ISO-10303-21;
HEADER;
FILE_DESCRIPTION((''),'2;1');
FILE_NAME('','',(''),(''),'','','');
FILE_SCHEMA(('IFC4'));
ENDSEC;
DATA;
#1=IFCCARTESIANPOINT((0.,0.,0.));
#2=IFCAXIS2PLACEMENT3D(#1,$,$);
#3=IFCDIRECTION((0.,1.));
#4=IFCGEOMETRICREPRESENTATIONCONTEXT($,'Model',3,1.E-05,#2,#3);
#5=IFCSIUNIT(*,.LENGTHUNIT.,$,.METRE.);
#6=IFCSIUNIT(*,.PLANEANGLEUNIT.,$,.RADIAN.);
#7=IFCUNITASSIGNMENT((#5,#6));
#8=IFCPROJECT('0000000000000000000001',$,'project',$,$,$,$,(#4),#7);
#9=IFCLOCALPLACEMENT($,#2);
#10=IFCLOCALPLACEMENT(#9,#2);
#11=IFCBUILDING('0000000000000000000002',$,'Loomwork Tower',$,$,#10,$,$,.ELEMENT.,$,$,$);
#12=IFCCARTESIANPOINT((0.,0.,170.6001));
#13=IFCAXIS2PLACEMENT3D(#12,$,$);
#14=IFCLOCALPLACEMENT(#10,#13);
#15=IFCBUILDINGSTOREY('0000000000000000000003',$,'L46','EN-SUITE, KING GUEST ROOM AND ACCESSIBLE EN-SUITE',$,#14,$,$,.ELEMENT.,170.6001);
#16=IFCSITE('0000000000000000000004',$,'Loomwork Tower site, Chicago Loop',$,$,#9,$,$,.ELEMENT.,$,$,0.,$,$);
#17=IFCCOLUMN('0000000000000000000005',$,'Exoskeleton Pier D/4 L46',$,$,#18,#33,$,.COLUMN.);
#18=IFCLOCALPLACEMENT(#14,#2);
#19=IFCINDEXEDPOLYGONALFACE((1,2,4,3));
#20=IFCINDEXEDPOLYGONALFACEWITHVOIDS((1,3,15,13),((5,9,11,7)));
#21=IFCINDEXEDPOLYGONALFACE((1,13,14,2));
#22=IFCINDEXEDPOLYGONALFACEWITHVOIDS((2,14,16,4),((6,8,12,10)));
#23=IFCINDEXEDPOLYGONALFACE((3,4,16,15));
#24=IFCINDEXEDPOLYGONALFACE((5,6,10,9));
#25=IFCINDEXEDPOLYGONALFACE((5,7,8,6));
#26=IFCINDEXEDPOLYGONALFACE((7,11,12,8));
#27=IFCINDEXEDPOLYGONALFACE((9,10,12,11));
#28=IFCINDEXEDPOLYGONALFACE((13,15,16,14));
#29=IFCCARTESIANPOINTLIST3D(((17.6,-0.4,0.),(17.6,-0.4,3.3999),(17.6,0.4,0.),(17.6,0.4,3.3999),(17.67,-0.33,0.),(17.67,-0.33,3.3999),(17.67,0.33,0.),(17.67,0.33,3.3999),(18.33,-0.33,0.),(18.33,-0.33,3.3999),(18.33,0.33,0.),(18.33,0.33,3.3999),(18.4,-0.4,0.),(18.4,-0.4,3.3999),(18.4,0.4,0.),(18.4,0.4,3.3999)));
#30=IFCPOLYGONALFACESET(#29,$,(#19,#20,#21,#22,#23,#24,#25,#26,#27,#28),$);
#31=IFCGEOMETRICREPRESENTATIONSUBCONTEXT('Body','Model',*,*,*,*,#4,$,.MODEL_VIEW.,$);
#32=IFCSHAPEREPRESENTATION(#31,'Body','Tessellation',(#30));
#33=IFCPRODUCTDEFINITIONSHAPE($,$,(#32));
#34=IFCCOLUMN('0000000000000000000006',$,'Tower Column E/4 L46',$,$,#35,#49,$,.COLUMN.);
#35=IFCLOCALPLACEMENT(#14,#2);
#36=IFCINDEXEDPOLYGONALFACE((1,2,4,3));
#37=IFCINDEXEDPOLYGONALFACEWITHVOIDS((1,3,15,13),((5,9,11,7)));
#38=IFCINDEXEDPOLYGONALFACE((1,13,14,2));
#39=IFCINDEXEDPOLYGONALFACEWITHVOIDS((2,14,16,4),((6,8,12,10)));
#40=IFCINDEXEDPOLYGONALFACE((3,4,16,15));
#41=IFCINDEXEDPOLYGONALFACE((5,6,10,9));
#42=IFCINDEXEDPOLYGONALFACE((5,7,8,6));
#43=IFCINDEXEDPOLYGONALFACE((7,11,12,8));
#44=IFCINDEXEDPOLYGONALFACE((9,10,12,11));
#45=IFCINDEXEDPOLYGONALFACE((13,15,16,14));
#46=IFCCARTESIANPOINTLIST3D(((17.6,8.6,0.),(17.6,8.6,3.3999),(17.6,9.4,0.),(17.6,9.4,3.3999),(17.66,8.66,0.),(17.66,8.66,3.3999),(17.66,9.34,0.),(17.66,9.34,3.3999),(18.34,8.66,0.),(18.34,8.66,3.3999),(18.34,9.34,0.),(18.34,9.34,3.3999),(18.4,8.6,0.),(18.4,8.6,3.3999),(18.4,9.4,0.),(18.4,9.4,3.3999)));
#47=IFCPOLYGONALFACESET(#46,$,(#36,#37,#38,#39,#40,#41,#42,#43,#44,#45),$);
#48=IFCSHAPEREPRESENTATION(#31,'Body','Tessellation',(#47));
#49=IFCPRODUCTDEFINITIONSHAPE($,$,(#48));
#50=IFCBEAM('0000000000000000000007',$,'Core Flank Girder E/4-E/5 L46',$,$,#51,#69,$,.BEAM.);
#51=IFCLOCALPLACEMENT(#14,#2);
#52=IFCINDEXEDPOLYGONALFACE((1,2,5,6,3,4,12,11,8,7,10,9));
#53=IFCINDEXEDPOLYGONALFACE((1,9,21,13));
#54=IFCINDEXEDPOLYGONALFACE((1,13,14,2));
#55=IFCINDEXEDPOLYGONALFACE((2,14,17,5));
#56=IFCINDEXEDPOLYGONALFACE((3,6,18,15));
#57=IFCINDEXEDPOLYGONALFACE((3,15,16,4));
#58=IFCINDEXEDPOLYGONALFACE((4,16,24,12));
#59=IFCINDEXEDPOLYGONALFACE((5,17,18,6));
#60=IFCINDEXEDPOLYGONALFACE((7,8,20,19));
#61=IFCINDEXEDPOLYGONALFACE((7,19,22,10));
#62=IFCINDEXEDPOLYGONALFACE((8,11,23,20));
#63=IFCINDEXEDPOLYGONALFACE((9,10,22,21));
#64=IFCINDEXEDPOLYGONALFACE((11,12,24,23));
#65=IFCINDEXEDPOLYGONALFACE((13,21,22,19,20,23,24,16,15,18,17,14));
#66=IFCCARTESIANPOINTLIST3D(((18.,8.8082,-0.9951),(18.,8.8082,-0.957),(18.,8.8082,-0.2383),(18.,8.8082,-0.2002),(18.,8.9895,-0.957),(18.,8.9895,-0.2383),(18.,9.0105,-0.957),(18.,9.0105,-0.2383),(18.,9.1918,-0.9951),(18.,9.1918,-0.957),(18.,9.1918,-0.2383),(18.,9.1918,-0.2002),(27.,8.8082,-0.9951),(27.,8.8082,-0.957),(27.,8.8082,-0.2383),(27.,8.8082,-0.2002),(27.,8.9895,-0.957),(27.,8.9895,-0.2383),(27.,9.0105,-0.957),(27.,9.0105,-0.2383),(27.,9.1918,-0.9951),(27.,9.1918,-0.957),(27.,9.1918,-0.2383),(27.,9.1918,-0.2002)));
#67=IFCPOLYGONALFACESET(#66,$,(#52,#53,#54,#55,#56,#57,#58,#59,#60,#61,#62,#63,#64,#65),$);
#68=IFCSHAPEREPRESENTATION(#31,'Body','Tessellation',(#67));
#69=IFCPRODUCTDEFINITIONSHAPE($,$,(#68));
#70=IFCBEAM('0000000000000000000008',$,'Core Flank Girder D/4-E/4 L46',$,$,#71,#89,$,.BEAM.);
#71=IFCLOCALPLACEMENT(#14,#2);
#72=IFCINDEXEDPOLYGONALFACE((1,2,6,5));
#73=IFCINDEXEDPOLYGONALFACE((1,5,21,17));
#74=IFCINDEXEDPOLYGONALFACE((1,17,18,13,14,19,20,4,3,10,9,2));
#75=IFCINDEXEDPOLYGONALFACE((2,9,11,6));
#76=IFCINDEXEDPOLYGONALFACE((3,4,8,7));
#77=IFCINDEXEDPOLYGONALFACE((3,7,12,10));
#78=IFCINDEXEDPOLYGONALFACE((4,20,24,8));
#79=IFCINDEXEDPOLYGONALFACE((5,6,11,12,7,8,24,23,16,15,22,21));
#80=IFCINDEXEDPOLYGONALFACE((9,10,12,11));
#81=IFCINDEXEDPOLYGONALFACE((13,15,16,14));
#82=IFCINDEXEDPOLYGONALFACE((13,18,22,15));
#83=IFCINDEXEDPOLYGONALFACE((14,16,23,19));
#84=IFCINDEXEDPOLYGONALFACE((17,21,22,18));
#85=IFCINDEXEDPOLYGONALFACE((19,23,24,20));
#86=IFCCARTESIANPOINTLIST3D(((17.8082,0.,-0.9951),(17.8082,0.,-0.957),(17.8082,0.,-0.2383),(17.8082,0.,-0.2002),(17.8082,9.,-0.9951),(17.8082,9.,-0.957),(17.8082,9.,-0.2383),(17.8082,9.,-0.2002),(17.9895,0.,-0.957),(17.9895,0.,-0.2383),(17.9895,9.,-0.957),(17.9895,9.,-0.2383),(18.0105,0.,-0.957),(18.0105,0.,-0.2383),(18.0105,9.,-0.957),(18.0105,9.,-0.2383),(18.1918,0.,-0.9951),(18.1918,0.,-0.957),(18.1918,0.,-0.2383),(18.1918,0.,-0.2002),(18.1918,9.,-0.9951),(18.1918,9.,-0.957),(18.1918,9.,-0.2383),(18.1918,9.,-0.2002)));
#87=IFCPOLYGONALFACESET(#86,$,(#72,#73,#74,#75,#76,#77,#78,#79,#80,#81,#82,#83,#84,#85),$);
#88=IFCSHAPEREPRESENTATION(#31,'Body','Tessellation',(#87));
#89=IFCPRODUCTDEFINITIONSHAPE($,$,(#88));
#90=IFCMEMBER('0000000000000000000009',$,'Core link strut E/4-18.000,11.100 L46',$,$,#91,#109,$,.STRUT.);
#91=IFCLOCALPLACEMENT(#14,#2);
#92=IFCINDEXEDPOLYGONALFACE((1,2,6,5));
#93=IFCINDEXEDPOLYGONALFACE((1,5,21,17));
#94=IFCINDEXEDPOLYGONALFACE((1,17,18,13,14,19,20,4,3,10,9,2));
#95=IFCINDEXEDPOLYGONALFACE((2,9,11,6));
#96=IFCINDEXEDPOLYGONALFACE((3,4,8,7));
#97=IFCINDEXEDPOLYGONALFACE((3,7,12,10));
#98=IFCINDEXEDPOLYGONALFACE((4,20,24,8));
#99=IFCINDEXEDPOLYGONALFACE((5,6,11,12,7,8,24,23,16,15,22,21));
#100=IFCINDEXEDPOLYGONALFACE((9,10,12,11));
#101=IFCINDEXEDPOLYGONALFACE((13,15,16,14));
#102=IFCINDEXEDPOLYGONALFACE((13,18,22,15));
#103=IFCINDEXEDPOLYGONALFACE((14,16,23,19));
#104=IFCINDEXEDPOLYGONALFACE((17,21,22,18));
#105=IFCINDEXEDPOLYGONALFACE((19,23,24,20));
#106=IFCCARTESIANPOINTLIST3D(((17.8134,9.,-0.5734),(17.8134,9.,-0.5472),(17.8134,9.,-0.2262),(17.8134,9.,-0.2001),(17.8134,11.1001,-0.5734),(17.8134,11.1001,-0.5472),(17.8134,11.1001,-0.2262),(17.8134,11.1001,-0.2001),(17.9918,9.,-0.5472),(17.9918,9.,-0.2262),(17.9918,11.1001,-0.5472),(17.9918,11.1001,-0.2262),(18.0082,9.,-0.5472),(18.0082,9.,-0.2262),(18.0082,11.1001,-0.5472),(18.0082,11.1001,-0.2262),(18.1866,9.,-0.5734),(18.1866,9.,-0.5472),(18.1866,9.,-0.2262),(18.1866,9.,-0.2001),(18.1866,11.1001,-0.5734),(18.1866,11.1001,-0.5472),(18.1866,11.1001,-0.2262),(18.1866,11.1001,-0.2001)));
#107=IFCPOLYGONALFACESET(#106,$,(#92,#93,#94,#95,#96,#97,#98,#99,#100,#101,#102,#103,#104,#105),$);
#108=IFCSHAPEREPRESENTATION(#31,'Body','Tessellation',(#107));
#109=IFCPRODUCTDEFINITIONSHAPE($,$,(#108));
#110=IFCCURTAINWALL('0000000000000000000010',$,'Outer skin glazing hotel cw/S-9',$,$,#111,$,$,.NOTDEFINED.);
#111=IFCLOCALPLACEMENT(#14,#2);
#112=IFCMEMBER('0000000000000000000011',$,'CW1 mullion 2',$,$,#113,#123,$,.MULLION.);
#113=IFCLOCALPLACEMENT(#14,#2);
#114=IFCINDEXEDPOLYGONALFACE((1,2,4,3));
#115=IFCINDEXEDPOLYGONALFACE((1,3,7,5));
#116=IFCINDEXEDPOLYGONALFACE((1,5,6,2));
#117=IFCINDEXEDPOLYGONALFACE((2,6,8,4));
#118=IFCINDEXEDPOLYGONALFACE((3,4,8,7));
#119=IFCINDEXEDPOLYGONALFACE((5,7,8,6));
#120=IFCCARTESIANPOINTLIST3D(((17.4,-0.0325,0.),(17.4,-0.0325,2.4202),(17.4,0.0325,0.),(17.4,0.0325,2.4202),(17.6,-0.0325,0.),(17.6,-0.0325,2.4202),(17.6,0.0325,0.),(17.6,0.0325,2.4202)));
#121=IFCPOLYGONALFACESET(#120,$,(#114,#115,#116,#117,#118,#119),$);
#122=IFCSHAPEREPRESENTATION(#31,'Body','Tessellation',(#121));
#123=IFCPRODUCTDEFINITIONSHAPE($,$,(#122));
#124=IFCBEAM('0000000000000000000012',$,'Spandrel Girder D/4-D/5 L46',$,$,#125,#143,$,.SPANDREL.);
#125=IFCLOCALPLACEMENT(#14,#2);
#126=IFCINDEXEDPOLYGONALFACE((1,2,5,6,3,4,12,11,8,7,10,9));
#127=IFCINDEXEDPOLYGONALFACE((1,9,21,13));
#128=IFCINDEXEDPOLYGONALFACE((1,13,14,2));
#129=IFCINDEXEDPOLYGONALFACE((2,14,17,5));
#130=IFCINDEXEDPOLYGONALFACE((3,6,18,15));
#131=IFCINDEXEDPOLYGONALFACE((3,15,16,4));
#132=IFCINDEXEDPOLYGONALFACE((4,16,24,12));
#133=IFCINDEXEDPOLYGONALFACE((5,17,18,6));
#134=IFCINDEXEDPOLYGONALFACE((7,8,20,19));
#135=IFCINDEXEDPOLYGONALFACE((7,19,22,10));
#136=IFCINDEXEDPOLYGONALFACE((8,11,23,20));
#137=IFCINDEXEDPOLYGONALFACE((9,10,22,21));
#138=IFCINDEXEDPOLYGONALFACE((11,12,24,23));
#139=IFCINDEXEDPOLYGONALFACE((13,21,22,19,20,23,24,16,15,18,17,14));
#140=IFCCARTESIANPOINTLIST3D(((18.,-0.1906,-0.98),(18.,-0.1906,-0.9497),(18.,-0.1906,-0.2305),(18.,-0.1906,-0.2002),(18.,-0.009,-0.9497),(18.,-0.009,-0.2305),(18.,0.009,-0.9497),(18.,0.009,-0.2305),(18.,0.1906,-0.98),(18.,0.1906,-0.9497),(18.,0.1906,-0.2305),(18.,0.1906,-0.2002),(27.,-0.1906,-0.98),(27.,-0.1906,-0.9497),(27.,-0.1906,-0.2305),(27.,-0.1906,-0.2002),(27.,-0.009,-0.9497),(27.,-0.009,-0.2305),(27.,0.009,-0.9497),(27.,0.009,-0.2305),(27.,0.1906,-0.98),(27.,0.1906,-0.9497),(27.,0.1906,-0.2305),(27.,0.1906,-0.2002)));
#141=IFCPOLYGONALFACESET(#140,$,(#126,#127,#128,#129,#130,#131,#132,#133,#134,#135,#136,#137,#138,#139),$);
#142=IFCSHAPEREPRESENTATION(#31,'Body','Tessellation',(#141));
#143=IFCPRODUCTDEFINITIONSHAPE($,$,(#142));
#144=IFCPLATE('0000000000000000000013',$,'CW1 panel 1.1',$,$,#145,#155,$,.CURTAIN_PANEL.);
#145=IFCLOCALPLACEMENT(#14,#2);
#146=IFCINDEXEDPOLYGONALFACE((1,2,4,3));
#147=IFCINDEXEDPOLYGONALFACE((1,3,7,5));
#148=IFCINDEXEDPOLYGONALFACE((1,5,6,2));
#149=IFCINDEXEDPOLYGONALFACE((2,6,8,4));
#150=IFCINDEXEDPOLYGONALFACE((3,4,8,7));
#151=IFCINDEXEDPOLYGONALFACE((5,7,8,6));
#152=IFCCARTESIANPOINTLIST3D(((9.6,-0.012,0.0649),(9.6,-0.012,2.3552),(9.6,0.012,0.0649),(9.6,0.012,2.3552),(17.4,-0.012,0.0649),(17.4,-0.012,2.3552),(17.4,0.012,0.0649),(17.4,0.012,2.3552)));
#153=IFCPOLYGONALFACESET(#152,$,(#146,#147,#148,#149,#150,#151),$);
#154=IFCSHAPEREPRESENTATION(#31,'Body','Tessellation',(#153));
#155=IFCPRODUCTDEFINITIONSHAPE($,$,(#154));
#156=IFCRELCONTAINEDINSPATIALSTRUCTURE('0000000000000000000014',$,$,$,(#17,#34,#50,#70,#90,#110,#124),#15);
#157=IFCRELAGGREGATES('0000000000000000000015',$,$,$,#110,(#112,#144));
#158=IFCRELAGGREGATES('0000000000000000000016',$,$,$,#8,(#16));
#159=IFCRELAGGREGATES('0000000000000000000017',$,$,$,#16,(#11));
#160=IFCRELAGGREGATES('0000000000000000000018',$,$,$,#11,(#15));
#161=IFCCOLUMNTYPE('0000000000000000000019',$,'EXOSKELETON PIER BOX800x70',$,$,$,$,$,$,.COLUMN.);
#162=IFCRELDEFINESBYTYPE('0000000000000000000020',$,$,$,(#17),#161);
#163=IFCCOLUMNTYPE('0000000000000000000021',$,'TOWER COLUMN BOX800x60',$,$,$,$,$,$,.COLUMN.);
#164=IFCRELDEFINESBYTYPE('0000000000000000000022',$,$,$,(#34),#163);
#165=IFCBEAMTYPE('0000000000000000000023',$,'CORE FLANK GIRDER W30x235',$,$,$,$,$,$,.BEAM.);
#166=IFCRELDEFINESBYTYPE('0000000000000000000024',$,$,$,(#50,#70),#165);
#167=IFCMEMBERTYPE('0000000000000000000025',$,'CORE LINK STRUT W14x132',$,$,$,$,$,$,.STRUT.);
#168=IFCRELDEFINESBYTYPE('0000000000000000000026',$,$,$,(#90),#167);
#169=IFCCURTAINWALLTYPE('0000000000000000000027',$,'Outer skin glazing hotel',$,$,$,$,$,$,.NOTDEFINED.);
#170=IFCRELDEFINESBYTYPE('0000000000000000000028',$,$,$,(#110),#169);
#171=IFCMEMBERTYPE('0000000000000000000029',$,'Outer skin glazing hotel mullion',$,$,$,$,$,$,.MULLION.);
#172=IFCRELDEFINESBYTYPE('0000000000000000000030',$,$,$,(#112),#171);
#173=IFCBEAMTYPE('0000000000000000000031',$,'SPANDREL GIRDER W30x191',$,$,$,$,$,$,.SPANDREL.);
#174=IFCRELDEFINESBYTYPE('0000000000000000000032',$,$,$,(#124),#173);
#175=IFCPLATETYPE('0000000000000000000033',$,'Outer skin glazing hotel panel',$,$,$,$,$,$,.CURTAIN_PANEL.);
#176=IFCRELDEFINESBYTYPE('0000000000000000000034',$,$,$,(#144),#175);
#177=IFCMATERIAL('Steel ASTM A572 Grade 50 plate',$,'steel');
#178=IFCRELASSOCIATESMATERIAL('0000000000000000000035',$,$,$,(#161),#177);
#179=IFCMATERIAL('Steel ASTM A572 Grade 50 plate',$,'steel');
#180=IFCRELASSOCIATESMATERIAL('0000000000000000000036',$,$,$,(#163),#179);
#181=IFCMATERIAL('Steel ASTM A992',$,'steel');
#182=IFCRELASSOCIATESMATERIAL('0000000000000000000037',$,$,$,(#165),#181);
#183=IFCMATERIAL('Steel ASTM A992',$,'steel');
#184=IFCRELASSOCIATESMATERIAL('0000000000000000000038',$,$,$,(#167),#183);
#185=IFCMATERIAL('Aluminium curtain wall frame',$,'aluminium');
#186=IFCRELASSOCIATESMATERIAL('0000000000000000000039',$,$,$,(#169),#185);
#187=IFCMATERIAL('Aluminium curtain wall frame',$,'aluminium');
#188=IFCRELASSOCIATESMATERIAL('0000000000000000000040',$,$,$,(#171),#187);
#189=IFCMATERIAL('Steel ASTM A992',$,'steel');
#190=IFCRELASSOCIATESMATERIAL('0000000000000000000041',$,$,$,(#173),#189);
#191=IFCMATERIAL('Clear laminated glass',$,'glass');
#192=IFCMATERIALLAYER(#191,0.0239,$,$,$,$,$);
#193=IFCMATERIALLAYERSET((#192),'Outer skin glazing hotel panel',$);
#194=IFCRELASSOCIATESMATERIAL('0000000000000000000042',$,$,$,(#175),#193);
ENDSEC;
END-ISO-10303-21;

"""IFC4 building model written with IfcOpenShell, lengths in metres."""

from ifc_helpers import new_model, si_unit, direction, frame, origin, origin_2d, place, context, subcontext, project, spatial, rectangle, hollow_rectangle, i_section, extrude, material, layer, layer_set, material_profile, profile_set, type_object, element, aggregate, save


model = new_model("IFC4")

# Units and contexts
model_context = context("Model", 3, precision=1e-05, world=origin(), true_north=direction((0.0, 1.0)))
body_context = subcontext(model_context, "Body", "Model", "MODEL_VIEW")
ifc_project = project(units=[si_unit("LENGTHUNIT", "METRE"), si_unit("PLANEANGLEUNIT", "RADIAN")], contexts=[model_context])

# Site, building, storey
site_placement = place(None, origin())
site = spatial("IfcSite", under=ifc_project, at=site_placement, Name="Loomwork Tower site, Chicago Loop", CompositionType="ELEMENT", RefElevation=0.0)
building_placement = place(site_placement, origin())
building = spatial("IfcBuilding", under=site, at=building_placement, Name="Loomwork Tower", CompositionType="ELEMENT")
storey_placement = place(building_placement, frame((0.0, 0.0, 170.6001)))
storey = spatial("IfcBuildingStorey", under=building, at=storey_placement, Name="L46", Description="EN-SUITE, KING GUEST ROOM AND ACCESSIBLE EN-SUITE", CompositionType="ELEMENT", Elevation=170.6001)

# Columns
ifc_material_1 = material(Name="Steel ASTM A572 Grade 50 plate", Category="steel")
ifc_material_profile_1 = material_profile(ifc_material_1, hollow_rectangle(XDim=0.8, YDim=0.8, WallThickness=0.0701, at=origin_2d()), Name="BOX800x70")
ifc_profile_set_1 = profile_set([ifc_material_profile_1], Name="Steel ASTM A572 Grade 50 plate")
column_type_1 = type_object("IfcColumnType", Name="EXOSKELETON PIER BOX800x70", PredefinedType="COLUMN", material=ifc_profile_set_1)
column_1_placement = place(storey_placement, frame((18.0, 0.0, 0.0), z_axis=(0.0, 0.0, 1.0), x_axis=(1.0, 0.0, 0.0)))
element("IfcColumn", 1, at=column_1_placement, inside=storey, type_object=column_type_1, Name="Exoskeleton Pier D/4 L46", PredefinedType="COLUMN", context=body_context, shape_type="SweptSolid", body=[
    extrude(hollow_rectangle(XDim=0.8, YDim=0.8, WallThickness=0.0701, at=origin_2d()), origin(), (0.0, 0.0, 1.0), 3.3999),
])
ifc_material_2 = material(Name="Steel ASTM A572 Grade 50 plate", Category="steel")
ifc_material_profile_2 = material_profile(ifc_material_2, hollow_rectangle(XDim=0.8, YDim=0.8, WallThickness=0.0601, at=origin_2d()), Name="BOX800x60")
ifc_profile_set_2 = profile_set([ifc_material_profile_2], Name="Steel ASTM A572 Grade 50 plate")
column_type_2 = type_object("IfcColumnType", Name="TOWER COLUMN BOX800x60", PredefinedType="COLUMN", material=ifc_profile_set_2)
column_2_placement = place(storey_placement, frame((18.0, 9.0, 0.0), z_axis=(0.0, 0.0, 1.0), x_axis=(1.0, 0.0, 0.0)))
element("IfcColumn", 2, at=column_2_placement, inside=storey, type_object=column_type_2, Name="Tower Column E/4 L46", PredefinedType="COLUMN", context=body_context, shape_type="SweptSolid", body=[
    extrude(hollow_rectangle(XDim=0.8, YDim=0.8, WallThickness=0.0601, at=origin_2d()), origin(), (0.0, 0.0, 1.0), 3.3999),
])

# Beams
ifc_material_3 = material(Name="Steel ASTM A992", Category="steel")
ifc_material_profile_3 = material_profile(ifc_material_3, i_section(OverallWidth=0.3835, OverallDepth=0.7949, WebThickness=0.021, FlangeThickness=0.0381, at=origin_2d()), Name="W30x235")
ifc_profile_set_3 = profile_set([ifc_material_profile_3], Name="Steel ASTM A992")
beam_type_1 = type_object("IfcBeamType", Name="CORE FLANK GIRDER W30x235", PredefinedType="BEAM", material=ifc_profile_set_3)
for number, where, z_axis, x_axis, name in (
    (3, (18.0, 9.0, -0.5977), (1.0, 0.0, 0.0), (0.0, 1.0, 0.0), "Core Flank Girder E/4-E/5 L46"),
    (4, (18.0, 0.0, -0.5977), (0.0, 1.0, 0.0), (-1.0, 0.0, 0.0), "Core Flank Girder D/4-E/4 L46"),
):
    element("IfcBeam", number, at=place(storey_placement, frame(where, z_axis=z_axis, x_axis=x_axis)), inside=storey, type_object=beam_type_1, Name=name, PredefinedType="BEAM", context=body_context, shape_type="SweptSolid", body=[
        extrude(i_section(OverallWidth=0.3835, OverallDepth=0.7949, WebThickness=0.021, FlangeThickness=0.0381, at=origin_2d()), origin(), (0.0, 0.0, 1.0), 9.0),
    ])

# Member
ifc_material_4 = material(Name="Steel ASTM A992", Category="steel")
ifc_material_profile_4 = material_profile(ifc_material_4, i_section(OverallWidth=0.3733, OverallDepth=0.3733, WebThickness=0.0164, FlangeThickness=0.0261, at=origin_2d()), Name="W14x132")
ifc_profile_set_4 = profile_set([ifc_material_profile_4], Name="Steel ASTM A992")
member_type_1 = type_object("IfcMemberType", Name="CORE LINK STRUT W14x132", PredefinedType="STRUT", material=ifc_profile_set_4)
member_1_placement = place(storey_placement, frame((18.0, 9.0, -0.3867), z_axis=(0.0, 1.0, 0.0), x_axis=(-1.0, 0.0, 0.0)))
element("IfcMember", 5, at=member_1_placement, inside=storey, type_object=member_type_1, Name="Core link strut E/4-18.000,11.100 L46", PredefinedType="STRUT", context=body_context, shape_type="SweptSolid", body=[
    extrude(i_section(OverallWidth=0.3733, OverallDepth=0.3733, WebThickness=0.0164, FlangeThickness=0.0261, at=origin_2d()), origin(), (0.0, 0.0, 1.0), 2.1001),
])

# Curtain wall, member
ifc_material_5 = material(Name="Aluminium curtain wall frame", Category="aluminium")
curtain_wall_type = type_object("IfcCurtainWallType", Name="Outer skin glazing hotel", PredefinedType="NOTDEFINED", material=ifc_material_5)
curtain_wall_placement = place(storey_placement, origin())
curtain_wall = element("IfcCurtainWall", 6, at=curtain_wall_placement, inside=storey, type_object=curtain_wall_type, Name="Outer skin glazing hotel cw/S-9", PredefinedType="NOTDEFINED")
ifc_material_6 = material(Name="Aluminium curtain wall frame", Category="aluminium")
ifc_material_profile_5 = material_profile(ifc_material_6, rectangle(XDim=0.0649, YDim=0.2, at=origin_2d()), Name="AL 65x200")
ifc_profile_set_5 = profile_set([ifc_material_profile_5], Name="Aluminium curtain wall frame")
member_type_2 = type_object("IfcMemberType", Name="Outer skin glazing hotel mullion", PredefinedType="MULLION", material=ifc_profile_set_5)
member_2_placement = place(storey_placement, frame((17.5, 0.0, 0.0), z_axis=(0.0, 0.0, 1.0), x_axis=(0.0, 1.0, 0.0)))
member_2 = element("IfcMember", 7, at=member_2_placement, type_object=member_type_2, Name="CW1 mullion 2", PredefinedType="MULLION", context=body_context, shape_type="SweptSolid", body=[
    extrude(rectangle(XDim=0.0649, YDim=0.2, at=origin_2d()), origin(), (0.0, 0.0, 1.0), 2.4202),
])

# Beam
ifc_material_7 = material(Name="Steel ASTM A992", Category="steel")
ifc_material_profile_6 = material_profile(ifc_material_7, i_section(OverallWidth=0.3811, OverallDepth=0.7798, WebThickness=0.0181, FlangeThickness=0.0303, at=origin_2d()), Name="W30x191")
ifc_profile_set_6 = profile_set([ifc_material_profile_6], Name="Steel ASTM A992")
beam_type_2 = type_object("IfcBeamType", Name="SPANDREL GIRDER W30x191", PredefinedType="SPANDREL", material=ifc_profile_set_6)
beam_placement = place(storey_placement, frame((18.0, 0.0, -0.5901), z_axis=(1.0, 0.0, 0.0), x_axis=(0.0, 1.0, 0.0)))
element("IfcBeam", 8, at=beam_placement, inside=storey, type_object=beam_type_2, Name="Spandrel Girder D/4-D/5 L46", PredefinedType="SPANDREL", context=body_context, shape_type="SweptSolid", body=[
    extrude(i_section(OverallWidth=0.3811, OverallDepth=0.7798, WebThickness=0.0181, FlangeThickness=0.0303, at=origin_2d()), origin(), (0.0, 0.0, 1.0), 9.0),
])

# Plate
ifc_material_8 = material(Name="Clear laminated glass", Category="glass")
ifc_layer_1 = layer(ifc_material_8, 0.0239)
ifc_layer_set_1 = layer_set([ifc_layer_1], Name="Outer skin glazing hotel panel")
plate_type = type_object("IfcPlateType", Name="Outer skin glazing hotel panel", PredefinedType="CURTAIN_PANEL", material=ifc_layer_set_1)
plate_placement = place(storey_placement, frame((13.5, 0.0, 0.0649), z_axis=(0.0, 0.0, 1.0), x_axis=(1.0, 0.0, 0.0)))
plate = element("IfcPlate", 9, at=plate_placement, type_object=plate_type, Name="CW1 panel 1.1", PredefinedType="CURTAIN_PANEL", context=body_context, shape_type="SweptSolid", body=[
    extrude(rectangle(XDim=7.8, YDim=0.0239, at=origin_2d()), origin(), (0.0, 0.0, 1.0), 2.2903),
])
aggregate(curtain_wall, [member_2, plate])

save(model, "model.ifc")
